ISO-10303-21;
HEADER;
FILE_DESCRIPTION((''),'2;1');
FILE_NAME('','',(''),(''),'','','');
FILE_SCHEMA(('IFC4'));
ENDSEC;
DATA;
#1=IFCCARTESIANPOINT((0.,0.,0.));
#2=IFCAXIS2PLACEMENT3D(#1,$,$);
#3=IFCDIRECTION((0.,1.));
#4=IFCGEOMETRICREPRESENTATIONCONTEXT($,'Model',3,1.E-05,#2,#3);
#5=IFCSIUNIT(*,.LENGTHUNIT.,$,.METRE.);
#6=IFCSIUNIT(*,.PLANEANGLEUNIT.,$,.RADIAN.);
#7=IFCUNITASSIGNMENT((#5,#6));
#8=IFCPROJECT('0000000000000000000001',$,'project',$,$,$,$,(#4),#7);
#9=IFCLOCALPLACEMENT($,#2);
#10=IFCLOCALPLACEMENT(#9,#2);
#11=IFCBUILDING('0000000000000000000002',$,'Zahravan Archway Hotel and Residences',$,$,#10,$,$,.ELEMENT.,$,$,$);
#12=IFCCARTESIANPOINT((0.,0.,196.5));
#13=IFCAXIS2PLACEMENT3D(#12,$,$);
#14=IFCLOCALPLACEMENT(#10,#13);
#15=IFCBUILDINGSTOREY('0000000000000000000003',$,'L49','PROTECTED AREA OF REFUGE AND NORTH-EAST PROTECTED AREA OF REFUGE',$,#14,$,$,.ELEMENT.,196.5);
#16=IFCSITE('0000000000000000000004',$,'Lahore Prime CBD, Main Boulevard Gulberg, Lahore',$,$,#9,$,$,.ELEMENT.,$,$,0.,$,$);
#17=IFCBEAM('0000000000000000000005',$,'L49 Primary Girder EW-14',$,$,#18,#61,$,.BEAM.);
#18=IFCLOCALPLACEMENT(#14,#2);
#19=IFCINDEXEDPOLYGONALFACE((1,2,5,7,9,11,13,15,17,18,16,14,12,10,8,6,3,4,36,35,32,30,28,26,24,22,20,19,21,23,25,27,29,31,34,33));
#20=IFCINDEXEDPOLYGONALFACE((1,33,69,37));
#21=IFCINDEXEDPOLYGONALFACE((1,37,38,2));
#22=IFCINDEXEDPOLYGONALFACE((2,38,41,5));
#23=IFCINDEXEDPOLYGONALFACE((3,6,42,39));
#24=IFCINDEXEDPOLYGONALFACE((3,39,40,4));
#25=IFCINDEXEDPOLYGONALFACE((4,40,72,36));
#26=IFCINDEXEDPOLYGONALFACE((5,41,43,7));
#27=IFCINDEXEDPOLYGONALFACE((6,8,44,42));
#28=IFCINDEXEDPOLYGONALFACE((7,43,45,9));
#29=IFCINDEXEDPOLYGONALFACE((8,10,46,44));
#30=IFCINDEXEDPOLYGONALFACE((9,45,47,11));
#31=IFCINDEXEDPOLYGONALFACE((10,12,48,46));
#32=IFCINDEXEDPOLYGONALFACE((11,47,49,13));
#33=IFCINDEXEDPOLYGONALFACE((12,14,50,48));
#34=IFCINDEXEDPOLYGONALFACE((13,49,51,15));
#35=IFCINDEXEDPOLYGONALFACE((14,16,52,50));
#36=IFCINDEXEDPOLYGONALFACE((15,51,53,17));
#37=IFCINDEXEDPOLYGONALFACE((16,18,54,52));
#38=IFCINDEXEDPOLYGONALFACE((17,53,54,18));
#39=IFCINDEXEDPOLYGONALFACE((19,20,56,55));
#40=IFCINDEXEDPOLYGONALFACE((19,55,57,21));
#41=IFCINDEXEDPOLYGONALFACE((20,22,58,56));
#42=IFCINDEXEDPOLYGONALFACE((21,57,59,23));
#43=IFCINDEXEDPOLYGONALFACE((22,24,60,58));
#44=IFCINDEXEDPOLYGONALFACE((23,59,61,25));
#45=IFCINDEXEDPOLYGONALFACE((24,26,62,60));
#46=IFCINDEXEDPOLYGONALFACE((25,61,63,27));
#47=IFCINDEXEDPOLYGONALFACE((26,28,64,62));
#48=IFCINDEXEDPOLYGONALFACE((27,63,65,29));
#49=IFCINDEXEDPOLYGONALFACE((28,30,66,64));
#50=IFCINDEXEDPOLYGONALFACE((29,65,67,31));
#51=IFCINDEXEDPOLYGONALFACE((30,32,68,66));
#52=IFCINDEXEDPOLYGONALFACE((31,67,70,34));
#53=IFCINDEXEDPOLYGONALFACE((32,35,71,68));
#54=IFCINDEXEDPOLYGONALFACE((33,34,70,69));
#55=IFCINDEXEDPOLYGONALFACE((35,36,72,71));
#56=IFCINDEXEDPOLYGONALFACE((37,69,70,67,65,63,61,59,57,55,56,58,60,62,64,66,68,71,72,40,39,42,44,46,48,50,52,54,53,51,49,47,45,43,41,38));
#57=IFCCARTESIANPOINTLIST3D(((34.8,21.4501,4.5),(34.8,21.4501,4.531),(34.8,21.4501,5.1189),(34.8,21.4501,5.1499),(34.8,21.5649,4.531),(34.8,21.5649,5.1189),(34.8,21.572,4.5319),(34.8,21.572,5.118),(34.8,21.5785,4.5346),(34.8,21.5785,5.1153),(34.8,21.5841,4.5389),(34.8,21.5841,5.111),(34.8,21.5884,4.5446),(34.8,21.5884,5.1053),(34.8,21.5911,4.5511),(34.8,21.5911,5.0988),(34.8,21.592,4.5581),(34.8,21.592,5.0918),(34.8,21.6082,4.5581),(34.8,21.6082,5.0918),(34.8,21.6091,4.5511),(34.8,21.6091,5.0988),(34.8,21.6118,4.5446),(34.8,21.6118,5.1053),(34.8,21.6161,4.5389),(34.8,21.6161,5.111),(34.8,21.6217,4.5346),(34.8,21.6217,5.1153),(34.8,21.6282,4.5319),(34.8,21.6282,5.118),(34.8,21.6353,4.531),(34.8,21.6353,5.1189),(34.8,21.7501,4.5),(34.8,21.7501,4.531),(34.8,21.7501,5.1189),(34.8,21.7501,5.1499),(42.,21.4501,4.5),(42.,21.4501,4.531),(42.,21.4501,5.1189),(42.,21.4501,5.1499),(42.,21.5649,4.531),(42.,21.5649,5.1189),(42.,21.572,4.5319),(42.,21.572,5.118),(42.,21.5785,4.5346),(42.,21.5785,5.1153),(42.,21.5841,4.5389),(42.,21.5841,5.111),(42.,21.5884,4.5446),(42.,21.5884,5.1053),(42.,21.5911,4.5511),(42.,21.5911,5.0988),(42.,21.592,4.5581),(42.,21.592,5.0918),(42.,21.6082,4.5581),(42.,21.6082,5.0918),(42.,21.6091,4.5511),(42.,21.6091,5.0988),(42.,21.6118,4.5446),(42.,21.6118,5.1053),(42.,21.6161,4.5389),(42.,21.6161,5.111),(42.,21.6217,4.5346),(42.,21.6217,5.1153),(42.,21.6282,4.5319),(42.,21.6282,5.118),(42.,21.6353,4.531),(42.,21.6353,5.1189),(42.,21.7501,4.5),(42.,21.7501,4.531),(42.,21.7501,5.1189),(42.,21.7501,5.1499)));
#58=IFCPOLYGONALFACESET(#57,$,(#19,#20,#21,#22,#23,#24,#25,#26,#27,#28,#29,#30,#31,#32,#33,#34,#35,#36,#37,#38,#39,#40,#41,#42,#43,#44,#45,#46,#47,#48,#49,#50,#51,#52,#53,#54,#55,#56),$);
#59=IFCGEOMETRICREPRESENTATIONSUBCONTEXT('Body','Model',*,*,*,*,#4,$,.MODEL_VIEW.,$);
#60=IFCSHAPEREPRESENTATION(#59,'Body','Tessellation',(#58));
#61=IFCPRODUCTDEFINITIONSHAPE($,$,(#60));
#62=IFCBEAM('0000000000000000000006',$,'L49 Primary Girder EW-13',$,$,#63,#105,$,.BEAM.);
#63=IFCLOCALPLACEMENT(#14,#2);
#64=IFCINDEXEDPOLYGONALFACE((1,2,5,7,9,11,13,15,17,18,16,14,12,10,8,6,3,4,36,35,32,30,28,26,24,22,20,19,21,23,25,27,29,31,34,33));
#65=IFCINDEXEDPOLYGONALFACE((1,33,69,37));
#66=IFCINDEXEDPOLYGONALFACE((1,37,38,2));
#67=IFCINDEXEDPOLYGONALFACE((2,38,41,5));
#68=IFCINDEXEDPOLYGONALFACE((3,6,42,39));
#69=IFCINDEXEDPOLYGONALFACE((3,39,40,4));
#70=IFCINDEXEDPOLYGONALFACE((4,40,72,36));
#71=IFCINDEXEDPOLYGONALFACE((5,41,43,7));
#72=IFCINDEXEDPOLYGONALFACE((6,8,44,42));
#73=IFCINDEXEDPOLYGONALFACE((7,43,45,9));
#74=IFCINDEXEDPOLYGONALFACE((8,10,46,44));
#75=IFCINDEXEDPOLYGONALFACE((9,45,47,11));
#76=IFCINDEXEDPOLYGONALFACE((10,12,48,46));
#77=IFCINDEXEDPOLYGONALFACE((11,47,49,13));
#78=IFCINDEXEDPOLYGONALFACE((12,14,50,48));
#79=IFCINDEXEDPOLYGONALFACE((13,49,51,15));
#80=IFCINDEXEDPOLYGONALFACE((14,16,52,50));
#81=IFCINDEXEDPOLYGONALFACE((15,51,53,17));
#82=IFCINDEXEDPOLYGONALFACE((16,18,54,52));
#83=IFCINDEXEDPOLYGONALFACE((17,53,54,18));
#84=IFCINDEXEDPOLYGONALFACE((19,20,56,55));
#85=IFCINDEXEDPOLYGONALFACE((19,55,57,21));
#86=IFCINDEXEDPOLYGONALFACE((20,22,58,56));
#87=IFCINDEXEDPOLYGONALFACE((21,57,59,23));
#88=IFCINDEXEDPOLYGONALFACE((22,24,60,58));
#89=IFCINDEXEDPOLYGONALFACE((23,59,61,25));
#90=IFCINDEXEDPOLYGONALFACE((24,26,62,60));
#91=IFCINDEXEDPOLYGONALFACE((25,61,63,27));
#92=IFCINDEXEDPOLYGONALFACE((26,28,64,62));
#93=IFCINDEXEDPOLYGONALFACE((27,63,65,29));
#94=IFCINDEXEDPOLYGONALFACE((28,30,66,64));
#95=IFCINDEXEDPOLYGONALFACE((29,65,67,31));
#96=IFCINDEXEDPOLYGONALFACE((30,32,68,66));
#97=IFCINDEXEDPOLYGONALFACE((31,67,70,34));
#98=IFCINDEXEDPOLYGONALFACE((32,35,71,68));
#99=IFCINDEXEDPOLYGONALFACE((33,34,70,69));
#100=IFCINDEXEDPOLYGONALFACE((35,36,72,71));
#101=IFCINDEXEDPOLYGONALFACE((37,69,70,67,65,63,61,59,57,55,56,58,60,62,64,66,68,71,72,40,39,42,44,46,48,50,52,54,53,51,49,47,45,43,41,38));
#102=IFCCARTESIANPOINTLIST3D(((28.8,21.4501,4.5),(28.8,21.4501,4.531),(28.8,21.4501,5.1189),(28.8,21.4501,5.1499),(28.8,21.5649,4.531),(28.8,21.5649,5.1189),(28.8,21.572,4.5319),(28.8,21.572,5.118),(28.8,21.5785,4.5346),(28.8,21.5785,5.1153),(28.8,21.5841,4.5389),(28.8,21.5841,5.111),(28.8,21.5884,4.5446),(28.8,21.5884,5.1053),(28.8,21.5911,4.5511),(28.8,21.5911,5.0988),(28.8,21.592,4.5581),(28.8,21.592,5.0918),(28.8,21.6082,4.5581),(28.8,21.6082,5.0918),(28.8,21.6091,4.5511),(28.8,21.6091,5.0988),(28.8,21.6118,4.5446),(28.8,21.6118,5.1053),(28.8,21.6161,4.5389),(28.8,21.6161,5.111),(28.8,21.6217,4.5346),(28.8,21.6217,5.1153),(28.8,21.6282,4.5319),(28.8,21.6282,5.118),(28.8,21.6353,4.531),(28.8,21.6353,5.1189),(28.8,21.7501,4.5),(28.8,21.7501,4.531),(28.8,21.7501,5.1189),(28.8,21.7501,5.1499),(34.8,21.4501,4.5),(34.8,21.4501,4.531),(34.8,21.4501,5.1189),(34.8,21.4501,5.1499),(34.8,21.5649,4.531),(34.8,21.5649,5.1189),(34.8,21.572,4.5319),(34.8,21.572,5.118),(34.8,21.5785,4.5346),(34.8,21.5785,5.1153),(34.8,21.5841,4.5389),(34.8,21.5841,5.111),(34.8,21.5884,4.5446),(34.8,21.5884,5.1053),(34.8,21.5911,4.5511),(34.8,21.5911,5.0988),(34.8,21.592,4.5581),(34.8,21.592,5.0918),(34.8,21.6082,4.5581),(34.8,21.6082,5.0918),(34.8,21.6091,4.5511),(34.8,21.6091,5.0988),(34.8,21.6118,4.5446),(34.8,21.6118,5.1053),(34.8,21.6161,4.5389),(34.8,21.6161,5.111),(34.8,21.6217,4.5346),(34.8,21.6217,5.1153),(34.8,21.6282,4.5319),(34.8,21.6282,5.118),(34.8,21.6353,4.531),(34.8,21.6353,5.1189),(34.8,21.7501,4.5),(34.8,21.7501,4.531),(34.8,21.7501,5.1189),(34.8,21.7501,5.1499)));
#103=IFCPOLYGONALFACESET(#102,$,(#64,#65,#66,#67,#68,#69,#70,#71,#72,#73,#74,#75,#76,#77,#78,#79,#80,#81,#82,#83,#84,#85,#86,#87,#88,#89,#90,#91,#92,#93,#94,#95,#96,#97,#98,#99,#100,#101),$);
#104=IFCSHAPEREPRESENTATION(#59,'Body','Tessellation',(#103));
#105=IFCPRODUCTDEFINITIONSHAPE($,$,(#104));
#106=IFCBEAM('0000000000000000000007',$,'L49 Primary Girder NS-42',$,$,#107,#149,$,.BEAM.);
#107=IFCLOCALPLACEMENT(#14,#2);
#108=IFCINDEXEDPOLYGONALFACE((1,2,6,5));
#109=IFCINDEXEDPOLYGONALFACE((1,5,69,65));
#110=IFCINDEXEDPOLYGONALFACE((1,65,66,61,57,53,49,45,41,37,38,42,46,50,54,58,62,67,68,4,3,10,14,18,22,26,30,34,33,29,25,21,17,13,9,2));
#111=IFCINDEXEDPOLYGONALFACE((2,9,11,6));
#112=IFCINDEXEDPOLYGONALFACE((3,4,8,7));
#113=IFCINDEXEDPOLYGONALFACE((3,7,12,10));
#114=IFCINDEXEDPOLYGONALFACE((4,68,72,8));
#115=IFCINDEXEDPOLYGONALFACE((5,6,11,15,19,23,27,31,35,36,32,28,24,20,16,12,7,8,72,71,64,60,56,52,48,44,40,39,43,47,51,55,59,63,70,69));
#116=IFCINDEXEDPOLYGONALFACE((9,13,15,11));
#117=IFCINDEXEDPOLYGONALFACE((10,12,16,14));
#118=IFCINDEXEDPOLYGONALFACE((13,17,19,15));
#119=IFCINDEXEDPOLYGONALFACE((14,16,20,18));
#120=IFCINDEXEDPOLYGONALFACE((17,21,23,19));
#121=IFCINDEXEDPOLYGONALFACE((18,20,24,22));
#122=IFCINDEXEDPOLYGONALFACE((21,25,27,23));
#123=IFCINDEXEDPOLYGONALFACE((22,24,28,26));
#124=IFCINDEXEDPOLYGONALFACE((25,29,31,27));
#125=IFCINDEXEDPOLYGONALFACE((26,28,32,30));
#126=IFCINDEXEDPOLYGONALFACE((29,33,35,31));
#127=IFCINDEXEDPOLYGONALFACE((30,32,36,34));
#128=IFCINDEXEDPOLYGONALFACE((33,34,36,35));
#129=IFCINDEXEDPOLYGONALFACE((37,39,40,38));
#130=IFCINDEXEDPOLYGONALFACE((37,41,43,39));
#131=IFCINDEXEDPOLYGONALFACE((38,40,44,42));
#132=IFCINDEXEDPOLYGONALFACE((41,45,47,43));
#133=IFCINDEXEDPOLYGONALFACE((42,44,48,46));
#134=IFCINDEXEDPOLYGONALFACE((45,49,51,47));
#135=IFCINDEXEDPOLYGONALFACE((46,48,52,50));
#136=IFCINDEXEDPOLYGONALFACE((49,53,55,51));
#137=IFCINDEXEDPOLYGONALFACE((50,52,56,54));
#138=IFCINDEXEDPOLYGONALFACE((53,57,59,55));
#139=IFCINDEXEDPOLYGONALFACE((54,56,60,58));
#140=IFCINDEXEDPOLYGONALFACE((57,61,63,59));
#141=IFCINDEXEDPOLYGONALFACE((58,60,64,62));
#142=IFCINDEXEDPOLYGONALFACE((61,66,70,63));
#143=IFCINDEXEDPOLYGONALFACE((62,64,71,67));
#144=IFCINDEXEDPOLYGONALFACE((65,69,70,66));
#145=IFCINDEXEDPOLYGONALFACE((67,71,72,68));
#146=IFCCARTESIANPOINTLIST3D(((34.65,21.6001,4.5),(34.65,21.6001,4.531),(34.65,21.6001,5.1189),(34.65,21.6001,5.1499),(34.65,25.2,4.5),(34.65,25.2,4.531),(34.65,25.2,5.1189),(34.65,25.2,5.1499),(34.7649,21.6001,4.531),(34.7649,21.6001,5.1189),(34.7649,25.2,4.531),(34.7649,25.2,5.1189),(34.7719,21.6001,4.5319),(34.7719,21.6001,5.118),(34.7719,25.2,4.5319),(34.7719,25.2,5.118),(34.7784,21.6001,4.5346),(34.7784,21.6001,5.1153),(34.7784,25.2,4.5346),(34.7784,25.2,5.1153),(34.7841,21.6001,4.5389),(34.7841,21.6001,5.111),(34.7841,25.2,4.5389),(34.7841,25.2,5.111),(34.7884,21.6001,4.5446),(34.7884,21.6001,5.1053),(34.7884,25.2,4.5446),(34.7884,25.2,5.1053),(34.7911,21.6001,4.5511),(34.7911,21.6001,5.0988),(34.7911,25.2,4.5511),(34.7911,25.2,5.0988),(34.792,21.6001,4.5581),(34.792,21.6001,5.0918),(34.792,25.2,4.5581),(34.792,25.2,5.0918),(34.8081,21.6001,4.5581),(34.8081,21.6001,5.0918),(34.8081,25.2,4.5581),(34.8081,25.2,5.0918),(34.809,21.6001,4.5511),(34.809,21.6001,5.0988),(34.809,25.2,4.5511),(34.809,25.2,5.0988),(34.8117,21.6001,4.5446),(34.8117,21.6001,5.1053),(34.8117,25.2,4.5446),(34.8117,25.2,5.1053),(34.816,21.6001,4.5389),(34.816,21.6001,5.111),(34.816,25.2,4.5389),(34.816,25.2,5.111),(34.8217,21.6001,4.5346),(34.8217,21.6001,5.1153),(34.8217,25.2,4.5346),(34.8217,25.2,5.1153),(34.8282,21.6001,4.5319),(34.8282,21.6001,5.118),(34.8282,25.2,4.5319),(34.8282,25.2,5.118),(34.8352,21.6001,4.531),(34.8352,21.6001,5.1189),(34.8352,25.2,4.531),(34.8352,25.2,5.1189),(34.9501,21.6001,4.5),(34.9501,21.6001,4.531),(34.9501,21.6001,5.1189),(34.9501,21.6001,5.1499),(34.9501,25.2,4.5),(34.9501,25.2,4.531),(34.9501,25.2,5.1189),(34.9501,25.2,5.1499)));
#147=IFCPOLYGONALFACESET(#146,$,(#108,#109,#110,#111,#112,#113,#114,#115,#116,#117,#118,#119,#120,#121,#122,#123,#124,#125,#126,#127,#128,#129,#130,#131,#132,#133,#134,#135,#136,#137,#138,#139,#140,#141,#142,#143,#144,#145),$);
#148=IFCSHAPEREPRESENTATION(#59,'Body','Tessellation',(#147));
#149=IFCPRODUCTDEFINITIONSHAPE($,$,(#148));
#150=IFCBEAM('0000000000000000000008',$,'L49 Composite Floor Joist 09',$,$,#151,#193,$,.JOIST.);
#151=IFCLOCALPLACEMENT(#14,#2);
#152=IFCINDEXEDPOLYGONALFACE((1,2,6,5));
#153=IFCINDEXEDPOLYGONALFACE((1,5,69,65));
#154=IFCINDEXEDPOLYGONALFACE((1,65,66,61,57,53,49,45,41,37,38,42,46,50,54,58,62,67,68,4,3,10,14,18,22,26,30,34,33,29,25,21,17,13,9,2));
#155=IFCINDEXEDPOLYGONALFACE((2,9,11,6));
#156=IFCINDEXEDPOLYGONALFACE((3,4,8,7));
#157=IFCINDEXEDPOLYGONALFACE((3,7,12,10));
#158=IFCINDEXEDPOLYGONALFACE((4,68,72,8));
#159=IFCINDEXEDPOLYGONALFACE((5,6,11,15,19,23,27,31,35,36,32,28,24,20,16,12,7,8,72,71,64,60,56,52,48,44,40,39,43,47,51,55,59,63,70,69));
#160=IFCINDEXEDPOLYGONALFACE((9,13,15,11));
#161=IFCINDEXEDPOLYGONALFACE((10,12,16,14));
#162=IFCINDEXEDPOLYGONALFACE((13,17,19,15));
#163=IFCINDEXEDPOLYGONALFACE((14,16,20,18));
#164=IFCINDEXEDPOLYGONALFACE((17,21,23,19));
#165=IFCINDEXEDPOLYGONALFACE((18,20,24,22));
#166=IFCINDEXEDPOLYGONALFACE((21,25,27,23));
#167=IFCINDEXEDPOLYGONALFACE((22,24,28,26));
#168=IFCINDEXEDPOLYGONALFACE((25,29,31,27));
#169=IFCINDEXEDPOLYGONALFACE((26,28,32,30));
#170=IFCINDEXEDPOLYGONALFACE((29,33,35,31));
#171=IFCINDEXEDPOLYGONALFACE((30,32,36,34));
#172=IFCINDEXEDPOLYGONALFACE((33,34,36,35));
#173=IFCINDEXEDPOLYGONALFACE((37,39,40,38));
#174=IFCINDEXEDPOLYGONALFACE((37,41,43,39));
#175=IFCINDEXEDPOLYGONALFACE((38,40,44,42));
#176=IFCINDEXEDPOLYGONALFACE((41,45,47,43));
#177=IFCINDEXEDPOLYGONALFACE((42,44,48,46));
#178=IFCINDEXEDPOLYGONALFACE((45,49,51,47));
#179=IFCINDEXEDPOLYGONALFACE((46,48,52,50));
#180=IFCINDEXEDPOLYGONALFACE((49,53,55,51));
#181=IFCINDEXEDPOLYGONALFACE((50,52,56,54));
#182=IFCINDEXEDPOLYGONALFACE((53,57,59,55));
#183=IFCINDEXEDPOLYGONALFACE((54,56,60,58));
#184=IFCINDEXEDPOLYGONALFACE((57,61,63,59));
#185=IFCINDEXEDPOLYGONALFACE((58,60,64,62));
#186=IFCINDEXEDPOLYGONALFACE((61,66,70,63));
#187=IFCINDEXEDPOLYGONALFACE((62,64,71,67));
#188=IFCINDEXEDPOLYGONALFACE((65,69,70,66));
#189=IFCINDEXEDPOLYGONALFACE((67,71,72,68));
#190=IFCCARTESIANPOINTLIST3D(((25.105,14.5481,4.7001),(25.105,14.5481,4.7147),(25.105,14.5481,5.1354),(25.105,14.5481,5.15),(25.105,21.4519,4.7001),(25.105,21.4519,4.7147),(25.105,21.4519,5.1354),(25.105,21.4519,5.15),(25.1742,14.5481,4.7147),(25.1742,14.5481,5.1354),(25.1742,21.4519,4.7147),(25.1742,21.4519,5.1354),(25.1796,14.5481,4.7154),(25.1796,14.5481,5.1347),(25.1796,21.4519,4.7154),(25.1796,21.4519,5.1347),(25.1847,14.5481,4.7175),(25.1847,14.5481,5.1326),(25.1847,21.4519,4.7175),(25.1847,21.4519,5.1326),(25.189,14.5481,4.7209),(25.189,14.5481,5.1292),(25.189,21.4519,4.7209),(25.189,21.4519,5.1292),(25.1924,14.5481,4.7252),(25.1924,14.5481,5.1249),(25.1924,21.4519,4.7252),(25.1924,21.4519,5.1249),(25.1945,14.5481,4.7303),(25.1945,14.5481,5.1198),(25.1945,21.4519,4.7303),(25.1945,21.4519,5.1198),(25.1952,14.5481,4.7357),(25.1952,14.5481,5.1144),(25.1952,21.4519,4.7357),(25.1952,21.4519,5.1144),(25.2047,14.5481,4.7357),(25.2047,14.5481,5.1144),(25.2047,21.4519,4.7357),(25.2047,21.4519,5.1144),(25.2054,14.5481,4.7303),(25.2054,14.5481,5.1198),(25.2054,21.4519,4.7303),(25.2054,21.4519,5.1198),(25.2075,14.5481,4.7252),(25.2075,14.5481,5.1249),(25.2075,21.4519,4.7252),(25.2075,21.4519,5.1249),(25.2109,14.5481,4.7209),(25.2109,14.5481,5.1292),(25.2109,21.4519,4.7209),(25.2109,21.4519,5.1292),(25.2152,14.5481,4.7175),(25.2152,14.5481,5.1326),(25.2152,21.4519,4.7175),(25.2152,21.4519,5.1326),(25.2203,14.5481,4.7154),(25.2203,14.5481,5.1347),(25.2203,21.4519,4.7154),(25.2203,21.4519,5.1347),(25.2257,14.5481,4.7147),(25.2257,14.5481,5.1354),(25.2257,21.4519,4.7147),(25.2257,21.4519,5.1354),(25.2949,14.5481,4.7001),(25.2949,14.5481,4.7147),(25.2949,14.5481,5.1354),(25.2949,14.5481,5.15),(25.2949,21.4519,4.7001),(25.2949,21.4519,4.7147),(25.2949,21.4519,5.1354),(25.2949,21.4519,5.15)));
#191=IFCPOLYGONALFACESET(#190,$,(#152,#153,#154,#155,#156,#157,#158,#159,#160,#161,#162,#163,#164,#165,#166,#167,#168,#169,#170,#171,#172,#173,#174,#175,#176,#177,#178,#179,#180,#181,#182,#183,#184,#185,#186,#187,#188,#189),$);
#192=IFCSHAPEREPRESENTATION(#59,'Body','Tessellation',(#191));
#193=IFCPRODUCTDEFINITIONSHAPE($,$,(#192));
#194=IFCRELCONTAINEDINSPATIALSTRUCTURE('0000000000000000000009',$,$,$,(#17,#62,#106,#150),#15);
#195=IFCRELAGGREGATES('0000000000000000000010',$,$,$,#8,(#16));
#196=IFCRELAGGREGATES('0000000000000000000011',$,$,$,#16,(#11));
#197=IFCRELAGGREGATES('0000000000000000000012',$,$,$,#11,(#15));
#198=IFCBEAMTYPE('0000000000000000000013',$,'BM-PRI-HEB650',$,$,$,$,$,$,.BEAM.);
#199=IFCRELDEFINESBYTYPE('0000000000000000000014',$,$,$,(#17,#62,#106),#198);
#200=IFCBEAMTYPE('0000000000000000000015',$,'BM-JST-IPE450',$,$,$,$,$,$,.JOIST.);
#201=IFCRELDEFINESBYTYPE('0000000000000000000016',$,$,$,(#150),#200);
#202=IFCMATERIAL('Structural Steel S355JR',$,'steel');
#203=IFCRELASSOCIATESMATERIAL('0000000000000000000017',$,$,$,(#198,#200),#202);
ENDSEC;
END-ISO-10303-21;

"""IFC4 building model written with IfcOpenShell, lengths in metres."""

from ifc_helpers import new_model, si_unit, direction, frame, origin, origin_2d, place, context, subcontext, project, spatial, i_section, extrude, source, transform, mapped, material, material_profile, profile_set, type_object, element, save


model = new_model("IFC4")

# Units and contexts
model_context = context("Model", 3, precision=1e-05, world=origin(), true_north=direction((0.0, 1.0)))
body_context = subcontext(model_context, "Body", "Model", "MODEL_VIEW")
ifc_project = project(units=[si_unit("LENGTHUNIT", "METRE"), si_unit("PLANEANGLEUNIT", "RADIAN")], contexts=[model_context])

# Site, building, storey
site_placement = place(None, origin())
site = spatial("IfcSite", under=ifc_project, at=site_placement, Name="Lahore Prime CBD, Main Boulevard Gulberg, Lahore", CompositionType="ELEMENT", RefElevation=0.0)
building_placement = place(site_placement, origin())
building = spatial("IfcBuilding", under=site, at=building_placement, Name="Zahravan Archway Hotel and Residences", CompositionType="ELEMENT")
storey_placement = place(building_placement, frame((0.0, 0.0, 196.5)))
storey = spatial("IfcBuildingStorey", under=building, at=storey_placement, Name="L49", Description="PROTECTED AREA OF REFUGE AND NORTH-EAST PROTECTED AREA OF REFUGE", CompositionType="ELEMENT", Elevation=196.5)

# Beams
ifc_material_1 = material(Name="Structural Steel S355JR", Category="steel")
ifc_material_profile_1 = material_profile(ifc_material_1, i_section(OverallWidth=0.3, OverallDepth=0.6499, WebThickness=0.0161, FlangeThickness=0.031, FilletRadius=0.0271, at=origin_2d()), Name="HEB 650", Category="steel")
ifc_profile_set_1 = profile_set([ifc_material_profile_1], Name="Structural Steel S355JR")
beam_type_1 = type_object("IfcBeamType", Name="BM-PRI-HEB650", PredefinedType="BEAM", material=ifc_profile_set_1)
shared_shape_1 = source(origin(), body_context, "Body", "SweptSolid", [
    extrude(i_section(OverallWidth=0.3, OverallDepth=0.6499, WebThickness=0.0161, FlangeThickness=0.031, FilletRadius=0.0271, at=origin_2d()), origin(), (0.0, 0.0, 1.0), 7.2),
])
for number, where, z_axis, x_axis, name in (
    (1, (34.8, 21.6001, 4.825), (1.0, 0.0, 0.0), (0.0, 1.0, 0.0), "L49 Primary Girder EW-14"),
):
    element("IfcBeam", number, at=place(storey_placement, frame(where, z_axis=z_axis, x_axis=x_axis)), inside=storey, type_object=beam_type_1, Name=name, PredefinedType="BEAM", context=body_context, shape_type="MappedRepresentation", body=[
        mapped(shared_shape_1, transform((0.0, 0.0, 0.0), scale=1.0)),
    ])
shared_shape_2 = source(origin(), body_context, "Body", "SweptSolid", [
    extrude(i_section(OverallWidth=0.3, OverallDepth=0.6499, WebThickness=0.0161, FlangeThickness=0.031, FilletRadius=0.0271, at=origin_2d()), origin(), (0.0, 0.0, 1.0), 6.0),
])
beam_1_placement = place(storey_placement, frame((28.8, 21.6001, 4.825), z_axis=(1.0, 0.0, 0.0), x_axis=(0.0, 1.0, 0.0)))
element("IfcBeam", 2, at=beam_1_placement, inside=storey, type_object=beam_type_1, Name="L49 Primary Girder EW-13", PredefinedType="BEAM", context=body_context, shape_type="MappedRepresentation", body=[
    mapped(shared_shape_2, transform((0.0, 0.0, 0.0), scale=1.0)),
])
shared_shape_3 = source(origin(), body_context, "Body", "SweptSolid", [
    extrude(i_section(OverallWidth=0.3, OverallDepth=0.6499, WebThickness=0.0161, FlangeThickness=0.031, FilletRadius=0.0271, at=origin_2d()), origin(), (0.0, 0.0, 1.0), 3.5999),
])
beam_2_placement = place(storey_placement, frame((34.8, 21.6001, 4.825), z_axis=(0.0, 1.0, 0.0), x_axis=(-1.0, 0.0, 0.0)))
element("IfcBeam", 3, at=beam_2_placement, inside=storey, type_object=beam_type_1, Name="L49 Primary Girder NS-42", PredefinedType="BEAM", context=body_context, shape_type="MappedRepresentation", body=[
    mapped(shared_shape_3, transform((0.0, 0.0, 0.0), scale=1.0)),
])
ifc_material_profile_2 = material_profile(ifc_material_1, i_section(OverallWidth=0.1899, OverallDepth=0.45, WebThickness=0.0095, FlangeThickness=0.0146, FilletRadius=0.021, at=origin_2d()), Name="IPE 450", Category="steel")
ifc_profile_set_2 = profile_set([ifc_material_profile_2], Name="Structural Steel S355JR")
beam_type_2 = type_object("IfcBeamType", Name="BM-JST-IPE450", PredefinedType="JOIST", material=ifc_profile_set_2)
shared_shape_4 = source(origin(), body_context, "Body", "SweptSolid", [
    extrude(i_section(OverallWidth=0.1899, OverallDepth=0.45, WebThickness=0.0095, FlangeThickness=0.0146, FilletRadius=0.021, at=origin_2d()), origin(), (0.0, 0.0, 1.0), 6.9038),
])
beam_3_placement = place(storey_placement, frame((25.2, 14.5481, 4.925), z_axis=(0.0, 1.0, 0.0), x_axis=(-1.0, 0.0, 0.0)))
element("IfcBeam", 4, at=beam_3_placement, inside=storey, type_object=beam_type_2, Name="L49 Composite Floor Joist 09", PredefinedType="JOIST", context=body_context, shape_type="MappedRepresentation", body=[
    mapped(shared_shape_4, transform((0.0, 0.0, 0.0), scale=1.0)),
])

save(model, "model.ifc")
